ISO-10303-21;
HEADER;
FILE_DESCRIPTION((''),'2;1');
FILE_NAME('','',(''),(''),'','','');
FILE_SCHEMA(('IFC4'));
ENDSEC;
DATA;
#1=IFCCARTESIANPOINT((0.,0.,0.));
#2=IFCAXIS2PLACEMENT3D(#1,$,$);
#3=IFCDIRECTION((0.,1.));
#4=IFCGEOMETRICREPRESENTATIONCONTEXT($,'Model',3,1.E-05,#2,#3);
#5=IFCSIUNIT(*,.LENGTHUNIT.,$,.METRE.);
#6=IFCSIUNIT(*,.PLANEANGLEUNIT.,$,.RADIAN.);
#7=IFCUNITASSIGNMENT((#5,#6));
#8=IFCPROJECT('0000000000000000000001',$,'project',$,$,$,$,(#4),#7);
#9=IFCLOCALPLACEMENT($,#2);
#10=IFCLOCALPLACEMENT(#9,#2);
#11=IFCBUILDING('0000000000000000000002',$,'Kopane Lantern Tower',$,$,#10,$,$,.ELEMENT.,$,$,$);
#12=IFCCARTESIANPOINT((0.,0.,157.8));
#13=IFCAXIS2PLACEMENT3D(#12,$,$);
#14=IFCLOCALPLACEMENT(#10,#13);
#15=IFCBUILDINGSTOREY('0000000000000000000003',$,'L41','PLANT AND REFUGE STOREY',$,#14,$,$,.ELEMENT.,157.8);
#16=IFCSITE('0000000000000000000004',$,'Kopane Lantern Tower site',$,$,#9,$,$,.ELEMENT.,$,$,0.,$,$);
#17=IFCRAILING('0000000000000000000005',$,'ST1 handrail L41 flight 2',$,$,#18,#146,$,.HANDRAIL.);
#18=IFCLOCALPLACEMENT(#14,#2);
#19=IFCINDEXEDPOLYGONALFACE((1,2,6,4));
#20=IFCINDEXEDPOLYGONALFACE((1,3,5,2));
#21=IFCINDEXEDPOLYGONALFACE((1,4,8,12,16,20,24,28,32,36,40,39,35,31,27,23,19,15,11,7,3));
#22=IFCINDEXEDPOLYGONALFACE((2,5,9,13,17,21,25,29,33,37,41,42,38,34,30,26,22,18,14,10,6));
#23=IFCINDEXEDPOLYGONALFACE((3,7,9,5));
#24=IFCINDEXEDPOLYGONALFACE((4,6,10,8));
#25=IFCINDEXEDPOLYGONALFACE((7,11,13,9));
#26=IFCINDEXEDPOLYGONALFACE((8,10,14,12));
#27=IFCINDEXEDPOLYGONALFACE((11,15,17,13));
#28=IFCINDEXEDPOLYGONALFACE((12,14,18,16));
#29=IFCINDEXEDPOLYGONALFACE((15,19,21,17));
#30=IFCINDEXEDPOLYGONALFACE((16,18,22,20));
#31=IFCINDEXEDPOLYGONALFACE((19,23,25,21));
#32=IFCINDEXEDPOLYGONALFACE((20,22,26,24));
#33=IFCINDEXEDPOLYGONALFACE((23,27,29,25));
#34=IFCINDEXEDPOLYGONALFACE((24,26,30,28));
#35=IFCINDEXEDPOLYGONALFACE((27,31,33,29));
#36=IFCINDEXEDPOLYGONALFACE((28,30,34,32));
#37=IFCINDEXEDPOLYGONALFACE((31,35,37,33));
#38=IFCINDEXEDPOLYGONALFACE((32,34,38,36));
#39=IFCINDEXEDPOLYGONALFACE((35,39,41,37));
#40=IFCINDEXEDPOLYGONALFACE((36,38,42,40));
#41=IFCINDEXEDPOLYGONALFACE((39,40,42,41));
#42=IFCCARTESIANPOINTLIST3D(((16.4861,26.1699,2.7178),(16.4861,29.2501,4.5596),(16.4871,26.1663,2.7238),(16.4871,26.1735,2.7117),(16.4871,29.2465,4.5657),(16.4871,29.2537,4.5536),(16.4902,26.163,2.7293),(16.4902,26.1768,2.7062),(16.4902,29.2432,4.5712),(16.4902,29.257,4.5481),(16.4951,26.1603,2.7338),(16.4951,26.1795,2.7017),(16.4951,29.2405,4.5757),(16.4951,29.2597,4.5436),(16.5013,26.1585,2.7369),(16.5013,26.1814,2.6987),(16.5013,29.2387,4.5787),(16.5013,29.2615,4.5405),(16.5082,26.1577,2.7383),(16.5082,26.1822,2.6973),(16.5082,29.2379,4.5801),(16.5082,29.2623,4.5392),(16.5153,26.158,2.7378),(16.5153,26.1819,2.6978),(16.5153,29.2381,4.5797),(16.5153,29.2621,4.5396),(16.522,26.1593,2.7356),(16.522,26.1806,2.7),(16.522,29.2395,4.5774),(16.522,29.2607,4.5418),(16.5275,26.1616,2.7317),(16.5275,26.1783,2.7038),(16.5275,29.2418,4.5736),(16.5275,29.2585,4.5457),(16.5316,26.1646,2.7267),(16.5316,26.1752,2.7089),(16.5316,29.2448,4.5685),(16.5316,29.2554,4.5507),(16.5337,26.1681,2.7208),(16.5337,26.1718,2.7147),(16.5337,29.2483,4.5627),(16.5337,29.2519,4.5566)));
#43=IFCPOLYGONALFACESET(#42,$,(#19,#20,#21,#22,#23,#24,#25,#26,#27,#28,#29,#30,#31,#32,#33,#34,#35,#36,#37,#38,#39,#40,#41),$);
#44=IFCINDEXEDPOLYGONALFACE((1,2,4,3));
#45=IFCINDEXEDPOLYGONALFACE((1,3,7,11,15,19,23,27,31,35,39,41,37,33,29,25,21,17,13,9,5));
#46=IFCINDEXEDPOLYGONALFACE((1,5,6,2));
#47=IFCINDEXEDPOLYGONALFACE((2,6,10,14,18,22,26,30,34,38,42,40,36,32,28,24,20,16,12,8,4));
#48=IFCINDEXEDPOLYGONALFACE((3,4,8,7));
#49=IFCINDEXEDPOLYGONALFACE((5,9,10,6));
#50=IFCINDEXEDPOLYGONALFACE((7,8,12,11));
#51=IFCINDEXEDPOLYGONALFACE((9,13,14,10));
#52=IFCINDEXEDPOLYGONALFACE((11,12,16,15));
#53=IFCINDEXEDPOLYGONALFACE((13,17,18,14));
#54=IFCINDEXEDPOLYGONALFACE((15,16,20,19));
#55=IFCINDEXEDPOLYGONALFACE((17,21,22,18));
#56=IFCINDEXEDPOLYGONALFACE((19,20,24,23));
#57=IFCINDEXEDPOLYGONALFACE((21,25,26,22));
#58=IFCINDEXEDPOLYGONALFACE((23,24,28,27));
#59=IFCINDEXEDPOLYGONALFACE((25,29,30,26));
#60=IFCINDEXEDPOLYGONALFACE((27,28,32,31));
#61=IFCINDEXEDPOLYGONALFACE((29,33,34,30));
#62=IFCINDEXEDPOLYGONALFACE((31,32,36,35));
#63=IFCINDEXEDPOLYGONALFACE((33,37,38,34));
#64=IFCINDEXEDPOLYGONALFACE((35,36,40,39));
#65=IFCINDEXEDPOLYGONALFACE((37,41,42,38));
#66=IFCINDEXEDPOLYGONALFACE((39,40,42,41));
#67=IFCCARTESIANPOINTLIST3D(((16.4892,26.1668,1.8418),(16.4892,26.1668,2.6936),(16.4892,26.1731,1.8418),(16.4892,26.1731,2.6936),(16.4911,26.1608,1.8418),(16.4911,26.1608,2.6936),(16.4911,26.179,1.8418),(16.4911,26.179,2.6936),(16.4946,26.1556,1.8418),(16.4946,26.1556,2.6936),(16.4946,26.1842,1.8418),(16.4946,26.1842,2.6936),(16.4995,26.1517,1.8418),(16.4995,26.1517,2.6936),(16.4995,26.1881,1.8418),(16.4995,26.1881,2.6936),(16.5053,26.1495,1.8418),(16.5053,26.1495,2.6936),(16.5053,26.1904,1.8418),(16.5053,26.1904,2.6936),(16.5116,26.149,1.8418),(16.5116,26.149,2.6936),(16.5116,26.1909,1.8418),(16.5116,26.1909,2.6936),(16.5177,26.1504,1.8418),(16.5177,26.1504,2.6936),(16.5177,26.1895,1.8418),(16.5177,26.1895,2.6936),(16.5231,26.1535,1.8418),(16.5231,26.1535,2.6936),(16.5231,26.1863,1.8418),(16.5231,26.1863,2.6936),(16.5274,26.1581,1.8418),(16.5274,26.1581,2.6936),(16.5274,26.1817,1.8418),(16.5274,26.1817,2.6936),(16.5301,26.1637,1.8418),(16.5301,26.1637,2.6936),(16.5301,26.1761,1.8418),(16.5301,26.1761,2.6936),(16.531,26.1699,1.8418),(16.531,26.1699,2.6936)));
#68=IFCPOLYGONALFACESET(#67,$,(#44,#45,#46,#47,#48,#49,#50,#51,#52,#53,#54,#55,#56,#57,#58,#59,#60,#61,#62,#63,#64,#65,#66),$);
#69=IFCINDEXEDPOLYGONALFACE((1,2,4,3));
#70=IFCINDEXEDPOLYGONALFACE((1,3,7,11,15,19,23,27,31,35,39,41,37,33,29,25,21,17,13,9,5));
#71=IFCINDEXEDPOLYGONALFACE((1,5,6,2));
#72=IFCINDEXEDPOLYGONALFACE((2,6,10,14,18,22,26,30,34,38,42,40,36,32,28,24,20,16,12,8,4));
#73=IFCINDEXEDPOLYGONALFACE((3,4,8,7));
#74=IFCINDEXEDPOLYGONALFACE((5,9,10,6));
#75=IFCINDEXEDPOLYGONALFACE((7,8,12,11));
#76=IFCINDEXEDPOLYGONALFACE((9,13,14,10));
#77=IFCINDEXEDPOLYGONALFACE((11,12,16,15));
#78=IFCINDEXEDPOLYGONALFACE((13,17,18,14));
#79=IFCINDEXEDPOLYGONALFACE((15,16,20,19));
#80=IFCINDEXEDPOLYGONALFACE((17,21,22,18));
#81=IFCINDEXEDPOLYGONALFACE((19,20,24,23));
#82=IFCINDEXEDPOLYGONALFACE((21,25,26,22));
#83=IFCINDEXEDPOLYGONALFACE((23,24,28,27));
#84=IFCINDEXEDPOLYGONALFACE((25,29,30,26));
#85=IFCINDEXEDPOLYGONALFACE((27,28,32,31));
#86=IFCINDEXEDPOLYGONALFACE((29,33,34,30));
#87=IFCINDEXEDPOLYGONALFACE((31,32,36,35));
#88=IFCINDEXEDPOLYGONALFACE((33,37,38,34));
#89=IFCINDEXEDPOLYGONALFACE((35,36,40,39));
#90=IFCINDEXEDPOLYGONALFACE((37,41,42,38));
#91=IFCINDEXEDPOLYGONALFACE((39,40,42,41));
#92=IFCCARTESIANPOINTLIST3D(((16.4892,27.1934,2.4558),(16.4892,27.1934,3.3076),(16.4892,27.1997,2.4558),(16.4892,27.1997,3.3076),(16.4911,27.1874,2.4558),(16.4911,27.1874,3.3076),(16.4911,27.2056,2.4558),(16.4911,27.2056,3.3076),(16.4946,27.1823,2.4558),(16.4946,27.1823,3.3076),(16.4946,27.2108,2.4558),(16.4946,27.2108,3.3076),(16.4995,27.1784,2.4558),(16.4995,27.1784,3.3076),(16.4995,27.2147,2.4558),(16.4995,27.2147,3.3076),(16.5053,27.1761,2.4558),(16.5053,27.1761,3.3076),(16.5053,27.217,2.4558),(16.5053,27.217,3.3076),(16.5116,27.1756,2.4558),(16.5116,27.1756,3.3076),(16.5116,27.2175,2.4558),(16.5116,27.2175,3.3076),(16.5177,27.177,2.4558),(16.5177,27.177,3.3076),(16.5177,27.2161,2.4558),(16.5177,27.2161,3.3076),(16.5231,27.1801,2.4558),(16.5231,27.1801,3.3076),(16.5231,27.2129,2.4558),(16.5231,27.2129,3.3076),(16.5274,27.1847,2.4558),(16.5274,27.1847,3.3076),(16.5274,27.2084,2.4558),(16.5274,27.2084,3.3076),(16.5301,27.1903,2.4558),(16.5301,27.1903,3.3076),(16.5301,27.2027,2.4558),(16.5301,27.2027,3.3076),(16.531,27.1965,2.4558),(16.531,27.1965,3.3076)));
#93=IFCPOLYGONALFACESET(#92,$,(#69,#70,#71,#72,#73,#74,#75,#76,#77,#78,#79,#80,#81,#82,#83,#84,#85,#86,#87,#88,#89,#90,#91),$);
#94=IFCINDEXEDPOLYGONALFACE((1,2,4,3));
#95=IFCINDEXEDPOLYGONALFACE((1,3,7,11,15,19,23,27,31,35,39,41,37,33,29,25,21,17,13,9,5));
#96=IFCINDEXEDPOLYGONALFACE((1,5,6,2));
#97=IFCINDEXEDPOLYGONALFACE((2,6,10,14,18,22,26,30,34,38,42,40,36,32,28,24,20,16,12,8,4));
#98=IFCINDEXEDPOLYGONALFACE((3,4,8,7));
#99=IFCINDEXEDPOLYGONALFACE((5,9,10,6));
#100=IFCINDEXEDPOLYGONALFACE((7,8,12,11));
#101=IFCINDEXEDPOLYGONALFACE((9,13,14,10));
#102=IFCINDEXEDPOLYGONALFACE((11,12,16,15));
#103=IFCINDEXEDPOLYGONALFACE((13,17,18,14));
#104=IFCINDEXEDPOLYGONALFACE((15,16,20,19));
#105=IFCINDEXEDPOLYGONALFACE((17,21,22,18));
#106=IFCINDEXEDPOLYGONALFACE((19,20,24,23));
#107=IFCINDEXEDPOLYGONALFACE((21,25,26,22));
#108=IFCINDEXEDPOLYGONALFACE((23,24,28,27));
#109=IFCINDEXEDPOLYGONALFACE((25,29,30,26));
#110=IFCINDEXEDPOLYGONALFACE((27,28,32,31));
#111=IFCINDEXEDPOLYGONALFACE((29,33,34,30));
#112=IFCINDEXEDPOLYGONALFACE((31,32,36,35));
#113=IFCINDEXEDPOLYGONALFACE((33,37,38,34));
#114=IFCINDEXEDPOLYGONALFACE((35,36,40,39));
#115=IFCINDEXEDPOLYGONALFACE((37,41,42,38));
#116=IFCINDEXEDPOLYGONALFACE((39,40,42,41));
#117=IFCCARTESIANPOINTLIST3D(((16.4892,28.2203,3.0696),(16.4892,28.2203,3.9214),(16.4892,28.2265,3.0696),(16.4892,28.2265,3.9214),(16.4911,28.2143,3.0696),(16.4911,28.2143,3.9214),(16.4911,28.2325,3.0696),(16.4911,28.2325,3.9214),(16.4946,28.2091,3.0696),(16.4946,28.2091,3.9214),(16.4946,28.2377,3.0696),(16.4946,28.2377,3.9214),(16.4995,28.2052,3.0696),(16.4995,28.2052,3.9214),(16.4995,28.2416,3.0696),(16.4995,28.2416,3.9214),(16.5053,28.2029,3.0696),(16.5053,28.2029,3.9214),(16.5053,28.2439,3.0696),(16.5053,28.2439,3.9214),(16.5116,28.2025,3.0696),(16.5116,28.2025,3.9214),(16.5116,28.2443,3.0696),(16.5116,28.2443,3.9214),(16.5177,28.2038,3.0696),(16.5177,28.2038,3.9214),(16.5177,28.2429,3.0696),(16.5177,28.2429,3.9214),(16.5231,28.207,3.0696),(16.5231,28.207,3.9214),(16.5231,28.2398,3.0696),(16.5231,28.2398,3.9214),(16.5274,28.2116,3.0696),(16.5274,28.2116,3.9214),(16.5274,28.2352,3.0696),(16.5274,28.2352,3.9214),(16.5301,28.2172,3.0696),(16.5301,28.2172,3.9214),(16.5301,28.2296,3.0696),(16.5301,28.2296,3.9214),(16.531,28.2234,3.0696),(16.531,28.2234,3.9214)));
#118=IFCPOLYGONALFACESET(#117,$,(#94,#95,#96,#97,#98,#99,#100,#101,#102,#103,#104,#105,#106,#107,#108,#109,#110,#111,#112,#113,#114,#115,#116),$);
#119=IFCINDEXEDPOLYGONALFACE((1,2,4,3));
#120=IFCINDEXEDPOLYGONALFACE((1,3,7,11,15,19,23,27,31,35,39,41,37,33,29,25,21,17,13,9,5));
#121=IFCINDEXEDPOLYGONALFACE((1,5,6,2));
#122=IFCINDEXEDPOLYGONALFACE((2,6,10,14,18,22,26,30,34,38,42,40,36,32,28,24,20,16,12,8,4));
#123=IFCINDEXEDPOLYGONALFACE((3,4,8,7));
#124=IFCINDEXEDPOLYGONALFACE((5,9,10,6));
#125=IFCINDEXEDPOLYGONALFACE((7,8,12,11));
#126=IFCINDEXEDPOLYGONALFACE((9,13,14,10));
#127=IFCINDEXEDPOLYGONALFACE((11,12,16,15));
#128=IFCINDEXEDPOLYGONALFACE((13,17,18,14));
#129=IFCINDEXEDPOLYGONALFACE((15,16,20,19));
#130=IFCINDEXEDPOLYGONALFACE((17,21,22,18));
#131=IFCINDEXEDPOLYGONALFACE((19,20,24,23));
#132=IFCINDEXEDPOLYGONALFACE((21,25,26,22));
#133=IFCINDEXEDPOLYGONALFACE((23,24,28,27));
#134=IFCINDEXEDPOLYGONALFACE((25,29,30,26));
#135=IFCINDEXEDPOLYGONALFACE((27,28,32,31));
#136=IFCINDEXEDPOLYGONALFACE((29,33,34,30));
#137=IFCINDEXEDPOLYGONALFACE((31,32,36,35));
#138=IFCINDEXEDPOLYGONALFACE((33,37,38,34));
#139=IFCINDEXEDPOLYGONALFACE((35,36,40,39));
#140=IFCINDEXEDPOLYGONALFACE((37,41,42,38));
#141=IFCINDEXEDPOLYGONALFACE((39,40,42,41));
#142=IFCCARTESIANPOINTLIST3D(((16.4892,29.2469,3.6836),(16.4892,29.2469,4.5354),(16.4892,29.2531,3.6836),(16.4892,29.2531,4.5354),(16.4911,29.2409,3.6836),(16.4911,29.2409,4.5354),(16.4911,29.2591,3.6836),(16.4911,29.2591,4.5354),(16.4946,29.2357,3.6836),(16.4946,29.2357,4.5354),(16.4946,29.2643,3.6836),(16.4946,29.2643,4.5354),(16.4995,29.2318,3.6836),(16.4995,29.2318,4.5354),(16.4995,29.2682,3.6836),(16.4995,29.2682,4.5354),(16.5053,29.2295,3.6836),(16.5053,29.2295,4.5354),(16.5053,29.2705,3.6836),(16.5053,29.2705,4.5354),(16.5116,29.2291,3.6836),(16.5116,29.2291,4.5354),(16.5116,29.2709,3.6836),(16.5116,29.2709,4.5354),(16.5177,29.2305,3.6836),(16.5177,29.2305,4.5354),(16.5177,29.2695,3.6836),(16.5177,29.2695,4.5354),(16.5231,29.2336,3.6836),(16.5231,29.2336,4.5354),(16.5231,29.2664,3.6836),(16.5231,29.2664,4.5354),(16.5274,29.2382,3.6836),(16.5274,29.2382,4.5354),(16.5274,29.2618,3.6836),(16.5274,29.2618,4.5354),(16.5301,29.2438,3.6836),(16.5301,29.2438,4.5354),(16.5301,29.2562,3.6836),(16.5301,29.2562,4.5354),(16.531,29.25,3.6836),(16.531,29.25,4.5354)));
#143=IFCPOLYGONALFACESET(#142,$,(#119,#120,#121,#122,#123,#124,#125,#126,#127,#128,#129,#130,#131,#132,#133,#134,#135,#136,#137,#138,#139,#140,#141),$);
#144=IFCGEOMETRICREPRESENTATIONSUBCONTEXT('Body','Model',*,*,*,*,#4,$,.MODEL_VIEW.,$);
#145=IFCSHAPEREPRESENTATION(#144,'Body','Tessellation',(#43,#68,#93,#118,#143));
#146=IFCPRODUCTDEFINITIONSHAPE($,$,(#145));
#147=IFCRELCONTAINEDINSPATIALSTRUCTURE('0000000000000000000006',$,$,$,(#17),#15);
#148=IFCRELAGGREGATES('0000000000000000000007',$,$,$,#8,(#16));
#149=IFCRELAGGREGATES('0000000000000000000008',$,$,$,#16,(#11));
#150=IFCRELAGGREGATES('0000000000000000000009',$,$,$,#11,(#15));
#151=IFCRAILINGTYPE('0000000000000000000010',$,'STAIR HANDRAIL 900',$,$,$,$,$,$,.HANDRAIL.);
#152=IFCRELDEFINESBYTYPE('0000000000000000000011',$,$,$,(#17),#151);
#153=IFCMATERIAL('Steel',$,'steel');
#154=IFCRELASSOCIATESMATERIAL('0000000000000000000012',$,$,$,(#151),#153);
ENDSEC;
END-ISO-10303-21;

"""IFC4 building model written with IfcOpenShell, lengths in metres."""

from ifc_helpers import new_model, si_unit, direction, frame, origin, origin_2d, place, context, subcontext, project, spatial, circle, extrude, material, type_object, element, save


model = new_model("IFC4")

# Units and contexts
model_context = context("Model", 3, precision=1e-05, world=origin(), true_north=direction((0.0, 1.0)))
body_context = subcontext(model_context, "Body", "Model", "MODEL_VIEW")
ifc_project = project(units=[si_unit("LENGTHUNIT", "METRE"), si_unit("PLANEANGLEUNIT", "RADIAN")], contexts=[model_context])

# Site, building, storey
site_placement = place(None, origin())
site = spatial("IfcSite", under=ifc_project, at=site_placement, Name="Kopane Lantern Tower site", CompositionType="ELEMENT", RefElevation=0.0)
building_placement = place(site_placement, origin())
building = spatial("IfcBuilding", under=site, at=building_placement, Name="Kopane Lantern Tower", CompositionType="ELEMENT")
storey_placement = place(building_placement, frame((0.0, 0.0, 157.8)))
storey = spatial("IfcBuildingStorey", under=building, at=storey_placement, Name="L41", Description="PLANT AND REFUGE STOREY", CompositionType="ELEMENT", Elevation=157.8)

# Railing
ifc_material_1 = material(Name="Steel", Category="steel")
railing_type_1 = type_object("IfcRailingType", Name="STAIR HANDRAIL 900", PredefinedType="HANDRAIL", material=ifc_material_1)
for number, where, name in (
    (1, (16.51, 26.1699, 1.8418), "ST1 handrail L41 flight 2"),
):
    element("IfcRailing", number, at=place(storey_placement, frame(where)), inside=storey, type_object=railing_type_1, Name=name, PredefinedType="HANDRAIL", context=body_context, shape_type="SweptSolid", body=[
        extrude(circle(Radius=0.0239, at=origin_2d()), frame((0.0, 0.0, 0.876), z_axis=(0.0, 0.85826, 0.513215), x_axis=(-1.0, 0.0, 0.0)), (0.0, 0.0, 1.0), 3.5889),
        extrude(circle(Radius=0.021, at=origin_2d()), origin(), (0.0, 0.0, 1.0), 0.8518),
        extrude(circle(Radius=0.021, at=origin_2d()), frame((0.0, 1.0266, 0.614)), (0.0, 0.0, 1.0), 0.8518),
        extrude(circle(Radius=0.021, at=origin_2d()), frame((0.0, 2.0535, 1.2278)), (0.0, 0.0, 1.0), 0.8518),
        extrude(circle(Radius=0.021, at=origin_2d()), frame((0.0, 3.0801, 1.8418)), (0.0, 0.0, 1.0), 0.8518),
    ])

save(model, "model.ifc")
